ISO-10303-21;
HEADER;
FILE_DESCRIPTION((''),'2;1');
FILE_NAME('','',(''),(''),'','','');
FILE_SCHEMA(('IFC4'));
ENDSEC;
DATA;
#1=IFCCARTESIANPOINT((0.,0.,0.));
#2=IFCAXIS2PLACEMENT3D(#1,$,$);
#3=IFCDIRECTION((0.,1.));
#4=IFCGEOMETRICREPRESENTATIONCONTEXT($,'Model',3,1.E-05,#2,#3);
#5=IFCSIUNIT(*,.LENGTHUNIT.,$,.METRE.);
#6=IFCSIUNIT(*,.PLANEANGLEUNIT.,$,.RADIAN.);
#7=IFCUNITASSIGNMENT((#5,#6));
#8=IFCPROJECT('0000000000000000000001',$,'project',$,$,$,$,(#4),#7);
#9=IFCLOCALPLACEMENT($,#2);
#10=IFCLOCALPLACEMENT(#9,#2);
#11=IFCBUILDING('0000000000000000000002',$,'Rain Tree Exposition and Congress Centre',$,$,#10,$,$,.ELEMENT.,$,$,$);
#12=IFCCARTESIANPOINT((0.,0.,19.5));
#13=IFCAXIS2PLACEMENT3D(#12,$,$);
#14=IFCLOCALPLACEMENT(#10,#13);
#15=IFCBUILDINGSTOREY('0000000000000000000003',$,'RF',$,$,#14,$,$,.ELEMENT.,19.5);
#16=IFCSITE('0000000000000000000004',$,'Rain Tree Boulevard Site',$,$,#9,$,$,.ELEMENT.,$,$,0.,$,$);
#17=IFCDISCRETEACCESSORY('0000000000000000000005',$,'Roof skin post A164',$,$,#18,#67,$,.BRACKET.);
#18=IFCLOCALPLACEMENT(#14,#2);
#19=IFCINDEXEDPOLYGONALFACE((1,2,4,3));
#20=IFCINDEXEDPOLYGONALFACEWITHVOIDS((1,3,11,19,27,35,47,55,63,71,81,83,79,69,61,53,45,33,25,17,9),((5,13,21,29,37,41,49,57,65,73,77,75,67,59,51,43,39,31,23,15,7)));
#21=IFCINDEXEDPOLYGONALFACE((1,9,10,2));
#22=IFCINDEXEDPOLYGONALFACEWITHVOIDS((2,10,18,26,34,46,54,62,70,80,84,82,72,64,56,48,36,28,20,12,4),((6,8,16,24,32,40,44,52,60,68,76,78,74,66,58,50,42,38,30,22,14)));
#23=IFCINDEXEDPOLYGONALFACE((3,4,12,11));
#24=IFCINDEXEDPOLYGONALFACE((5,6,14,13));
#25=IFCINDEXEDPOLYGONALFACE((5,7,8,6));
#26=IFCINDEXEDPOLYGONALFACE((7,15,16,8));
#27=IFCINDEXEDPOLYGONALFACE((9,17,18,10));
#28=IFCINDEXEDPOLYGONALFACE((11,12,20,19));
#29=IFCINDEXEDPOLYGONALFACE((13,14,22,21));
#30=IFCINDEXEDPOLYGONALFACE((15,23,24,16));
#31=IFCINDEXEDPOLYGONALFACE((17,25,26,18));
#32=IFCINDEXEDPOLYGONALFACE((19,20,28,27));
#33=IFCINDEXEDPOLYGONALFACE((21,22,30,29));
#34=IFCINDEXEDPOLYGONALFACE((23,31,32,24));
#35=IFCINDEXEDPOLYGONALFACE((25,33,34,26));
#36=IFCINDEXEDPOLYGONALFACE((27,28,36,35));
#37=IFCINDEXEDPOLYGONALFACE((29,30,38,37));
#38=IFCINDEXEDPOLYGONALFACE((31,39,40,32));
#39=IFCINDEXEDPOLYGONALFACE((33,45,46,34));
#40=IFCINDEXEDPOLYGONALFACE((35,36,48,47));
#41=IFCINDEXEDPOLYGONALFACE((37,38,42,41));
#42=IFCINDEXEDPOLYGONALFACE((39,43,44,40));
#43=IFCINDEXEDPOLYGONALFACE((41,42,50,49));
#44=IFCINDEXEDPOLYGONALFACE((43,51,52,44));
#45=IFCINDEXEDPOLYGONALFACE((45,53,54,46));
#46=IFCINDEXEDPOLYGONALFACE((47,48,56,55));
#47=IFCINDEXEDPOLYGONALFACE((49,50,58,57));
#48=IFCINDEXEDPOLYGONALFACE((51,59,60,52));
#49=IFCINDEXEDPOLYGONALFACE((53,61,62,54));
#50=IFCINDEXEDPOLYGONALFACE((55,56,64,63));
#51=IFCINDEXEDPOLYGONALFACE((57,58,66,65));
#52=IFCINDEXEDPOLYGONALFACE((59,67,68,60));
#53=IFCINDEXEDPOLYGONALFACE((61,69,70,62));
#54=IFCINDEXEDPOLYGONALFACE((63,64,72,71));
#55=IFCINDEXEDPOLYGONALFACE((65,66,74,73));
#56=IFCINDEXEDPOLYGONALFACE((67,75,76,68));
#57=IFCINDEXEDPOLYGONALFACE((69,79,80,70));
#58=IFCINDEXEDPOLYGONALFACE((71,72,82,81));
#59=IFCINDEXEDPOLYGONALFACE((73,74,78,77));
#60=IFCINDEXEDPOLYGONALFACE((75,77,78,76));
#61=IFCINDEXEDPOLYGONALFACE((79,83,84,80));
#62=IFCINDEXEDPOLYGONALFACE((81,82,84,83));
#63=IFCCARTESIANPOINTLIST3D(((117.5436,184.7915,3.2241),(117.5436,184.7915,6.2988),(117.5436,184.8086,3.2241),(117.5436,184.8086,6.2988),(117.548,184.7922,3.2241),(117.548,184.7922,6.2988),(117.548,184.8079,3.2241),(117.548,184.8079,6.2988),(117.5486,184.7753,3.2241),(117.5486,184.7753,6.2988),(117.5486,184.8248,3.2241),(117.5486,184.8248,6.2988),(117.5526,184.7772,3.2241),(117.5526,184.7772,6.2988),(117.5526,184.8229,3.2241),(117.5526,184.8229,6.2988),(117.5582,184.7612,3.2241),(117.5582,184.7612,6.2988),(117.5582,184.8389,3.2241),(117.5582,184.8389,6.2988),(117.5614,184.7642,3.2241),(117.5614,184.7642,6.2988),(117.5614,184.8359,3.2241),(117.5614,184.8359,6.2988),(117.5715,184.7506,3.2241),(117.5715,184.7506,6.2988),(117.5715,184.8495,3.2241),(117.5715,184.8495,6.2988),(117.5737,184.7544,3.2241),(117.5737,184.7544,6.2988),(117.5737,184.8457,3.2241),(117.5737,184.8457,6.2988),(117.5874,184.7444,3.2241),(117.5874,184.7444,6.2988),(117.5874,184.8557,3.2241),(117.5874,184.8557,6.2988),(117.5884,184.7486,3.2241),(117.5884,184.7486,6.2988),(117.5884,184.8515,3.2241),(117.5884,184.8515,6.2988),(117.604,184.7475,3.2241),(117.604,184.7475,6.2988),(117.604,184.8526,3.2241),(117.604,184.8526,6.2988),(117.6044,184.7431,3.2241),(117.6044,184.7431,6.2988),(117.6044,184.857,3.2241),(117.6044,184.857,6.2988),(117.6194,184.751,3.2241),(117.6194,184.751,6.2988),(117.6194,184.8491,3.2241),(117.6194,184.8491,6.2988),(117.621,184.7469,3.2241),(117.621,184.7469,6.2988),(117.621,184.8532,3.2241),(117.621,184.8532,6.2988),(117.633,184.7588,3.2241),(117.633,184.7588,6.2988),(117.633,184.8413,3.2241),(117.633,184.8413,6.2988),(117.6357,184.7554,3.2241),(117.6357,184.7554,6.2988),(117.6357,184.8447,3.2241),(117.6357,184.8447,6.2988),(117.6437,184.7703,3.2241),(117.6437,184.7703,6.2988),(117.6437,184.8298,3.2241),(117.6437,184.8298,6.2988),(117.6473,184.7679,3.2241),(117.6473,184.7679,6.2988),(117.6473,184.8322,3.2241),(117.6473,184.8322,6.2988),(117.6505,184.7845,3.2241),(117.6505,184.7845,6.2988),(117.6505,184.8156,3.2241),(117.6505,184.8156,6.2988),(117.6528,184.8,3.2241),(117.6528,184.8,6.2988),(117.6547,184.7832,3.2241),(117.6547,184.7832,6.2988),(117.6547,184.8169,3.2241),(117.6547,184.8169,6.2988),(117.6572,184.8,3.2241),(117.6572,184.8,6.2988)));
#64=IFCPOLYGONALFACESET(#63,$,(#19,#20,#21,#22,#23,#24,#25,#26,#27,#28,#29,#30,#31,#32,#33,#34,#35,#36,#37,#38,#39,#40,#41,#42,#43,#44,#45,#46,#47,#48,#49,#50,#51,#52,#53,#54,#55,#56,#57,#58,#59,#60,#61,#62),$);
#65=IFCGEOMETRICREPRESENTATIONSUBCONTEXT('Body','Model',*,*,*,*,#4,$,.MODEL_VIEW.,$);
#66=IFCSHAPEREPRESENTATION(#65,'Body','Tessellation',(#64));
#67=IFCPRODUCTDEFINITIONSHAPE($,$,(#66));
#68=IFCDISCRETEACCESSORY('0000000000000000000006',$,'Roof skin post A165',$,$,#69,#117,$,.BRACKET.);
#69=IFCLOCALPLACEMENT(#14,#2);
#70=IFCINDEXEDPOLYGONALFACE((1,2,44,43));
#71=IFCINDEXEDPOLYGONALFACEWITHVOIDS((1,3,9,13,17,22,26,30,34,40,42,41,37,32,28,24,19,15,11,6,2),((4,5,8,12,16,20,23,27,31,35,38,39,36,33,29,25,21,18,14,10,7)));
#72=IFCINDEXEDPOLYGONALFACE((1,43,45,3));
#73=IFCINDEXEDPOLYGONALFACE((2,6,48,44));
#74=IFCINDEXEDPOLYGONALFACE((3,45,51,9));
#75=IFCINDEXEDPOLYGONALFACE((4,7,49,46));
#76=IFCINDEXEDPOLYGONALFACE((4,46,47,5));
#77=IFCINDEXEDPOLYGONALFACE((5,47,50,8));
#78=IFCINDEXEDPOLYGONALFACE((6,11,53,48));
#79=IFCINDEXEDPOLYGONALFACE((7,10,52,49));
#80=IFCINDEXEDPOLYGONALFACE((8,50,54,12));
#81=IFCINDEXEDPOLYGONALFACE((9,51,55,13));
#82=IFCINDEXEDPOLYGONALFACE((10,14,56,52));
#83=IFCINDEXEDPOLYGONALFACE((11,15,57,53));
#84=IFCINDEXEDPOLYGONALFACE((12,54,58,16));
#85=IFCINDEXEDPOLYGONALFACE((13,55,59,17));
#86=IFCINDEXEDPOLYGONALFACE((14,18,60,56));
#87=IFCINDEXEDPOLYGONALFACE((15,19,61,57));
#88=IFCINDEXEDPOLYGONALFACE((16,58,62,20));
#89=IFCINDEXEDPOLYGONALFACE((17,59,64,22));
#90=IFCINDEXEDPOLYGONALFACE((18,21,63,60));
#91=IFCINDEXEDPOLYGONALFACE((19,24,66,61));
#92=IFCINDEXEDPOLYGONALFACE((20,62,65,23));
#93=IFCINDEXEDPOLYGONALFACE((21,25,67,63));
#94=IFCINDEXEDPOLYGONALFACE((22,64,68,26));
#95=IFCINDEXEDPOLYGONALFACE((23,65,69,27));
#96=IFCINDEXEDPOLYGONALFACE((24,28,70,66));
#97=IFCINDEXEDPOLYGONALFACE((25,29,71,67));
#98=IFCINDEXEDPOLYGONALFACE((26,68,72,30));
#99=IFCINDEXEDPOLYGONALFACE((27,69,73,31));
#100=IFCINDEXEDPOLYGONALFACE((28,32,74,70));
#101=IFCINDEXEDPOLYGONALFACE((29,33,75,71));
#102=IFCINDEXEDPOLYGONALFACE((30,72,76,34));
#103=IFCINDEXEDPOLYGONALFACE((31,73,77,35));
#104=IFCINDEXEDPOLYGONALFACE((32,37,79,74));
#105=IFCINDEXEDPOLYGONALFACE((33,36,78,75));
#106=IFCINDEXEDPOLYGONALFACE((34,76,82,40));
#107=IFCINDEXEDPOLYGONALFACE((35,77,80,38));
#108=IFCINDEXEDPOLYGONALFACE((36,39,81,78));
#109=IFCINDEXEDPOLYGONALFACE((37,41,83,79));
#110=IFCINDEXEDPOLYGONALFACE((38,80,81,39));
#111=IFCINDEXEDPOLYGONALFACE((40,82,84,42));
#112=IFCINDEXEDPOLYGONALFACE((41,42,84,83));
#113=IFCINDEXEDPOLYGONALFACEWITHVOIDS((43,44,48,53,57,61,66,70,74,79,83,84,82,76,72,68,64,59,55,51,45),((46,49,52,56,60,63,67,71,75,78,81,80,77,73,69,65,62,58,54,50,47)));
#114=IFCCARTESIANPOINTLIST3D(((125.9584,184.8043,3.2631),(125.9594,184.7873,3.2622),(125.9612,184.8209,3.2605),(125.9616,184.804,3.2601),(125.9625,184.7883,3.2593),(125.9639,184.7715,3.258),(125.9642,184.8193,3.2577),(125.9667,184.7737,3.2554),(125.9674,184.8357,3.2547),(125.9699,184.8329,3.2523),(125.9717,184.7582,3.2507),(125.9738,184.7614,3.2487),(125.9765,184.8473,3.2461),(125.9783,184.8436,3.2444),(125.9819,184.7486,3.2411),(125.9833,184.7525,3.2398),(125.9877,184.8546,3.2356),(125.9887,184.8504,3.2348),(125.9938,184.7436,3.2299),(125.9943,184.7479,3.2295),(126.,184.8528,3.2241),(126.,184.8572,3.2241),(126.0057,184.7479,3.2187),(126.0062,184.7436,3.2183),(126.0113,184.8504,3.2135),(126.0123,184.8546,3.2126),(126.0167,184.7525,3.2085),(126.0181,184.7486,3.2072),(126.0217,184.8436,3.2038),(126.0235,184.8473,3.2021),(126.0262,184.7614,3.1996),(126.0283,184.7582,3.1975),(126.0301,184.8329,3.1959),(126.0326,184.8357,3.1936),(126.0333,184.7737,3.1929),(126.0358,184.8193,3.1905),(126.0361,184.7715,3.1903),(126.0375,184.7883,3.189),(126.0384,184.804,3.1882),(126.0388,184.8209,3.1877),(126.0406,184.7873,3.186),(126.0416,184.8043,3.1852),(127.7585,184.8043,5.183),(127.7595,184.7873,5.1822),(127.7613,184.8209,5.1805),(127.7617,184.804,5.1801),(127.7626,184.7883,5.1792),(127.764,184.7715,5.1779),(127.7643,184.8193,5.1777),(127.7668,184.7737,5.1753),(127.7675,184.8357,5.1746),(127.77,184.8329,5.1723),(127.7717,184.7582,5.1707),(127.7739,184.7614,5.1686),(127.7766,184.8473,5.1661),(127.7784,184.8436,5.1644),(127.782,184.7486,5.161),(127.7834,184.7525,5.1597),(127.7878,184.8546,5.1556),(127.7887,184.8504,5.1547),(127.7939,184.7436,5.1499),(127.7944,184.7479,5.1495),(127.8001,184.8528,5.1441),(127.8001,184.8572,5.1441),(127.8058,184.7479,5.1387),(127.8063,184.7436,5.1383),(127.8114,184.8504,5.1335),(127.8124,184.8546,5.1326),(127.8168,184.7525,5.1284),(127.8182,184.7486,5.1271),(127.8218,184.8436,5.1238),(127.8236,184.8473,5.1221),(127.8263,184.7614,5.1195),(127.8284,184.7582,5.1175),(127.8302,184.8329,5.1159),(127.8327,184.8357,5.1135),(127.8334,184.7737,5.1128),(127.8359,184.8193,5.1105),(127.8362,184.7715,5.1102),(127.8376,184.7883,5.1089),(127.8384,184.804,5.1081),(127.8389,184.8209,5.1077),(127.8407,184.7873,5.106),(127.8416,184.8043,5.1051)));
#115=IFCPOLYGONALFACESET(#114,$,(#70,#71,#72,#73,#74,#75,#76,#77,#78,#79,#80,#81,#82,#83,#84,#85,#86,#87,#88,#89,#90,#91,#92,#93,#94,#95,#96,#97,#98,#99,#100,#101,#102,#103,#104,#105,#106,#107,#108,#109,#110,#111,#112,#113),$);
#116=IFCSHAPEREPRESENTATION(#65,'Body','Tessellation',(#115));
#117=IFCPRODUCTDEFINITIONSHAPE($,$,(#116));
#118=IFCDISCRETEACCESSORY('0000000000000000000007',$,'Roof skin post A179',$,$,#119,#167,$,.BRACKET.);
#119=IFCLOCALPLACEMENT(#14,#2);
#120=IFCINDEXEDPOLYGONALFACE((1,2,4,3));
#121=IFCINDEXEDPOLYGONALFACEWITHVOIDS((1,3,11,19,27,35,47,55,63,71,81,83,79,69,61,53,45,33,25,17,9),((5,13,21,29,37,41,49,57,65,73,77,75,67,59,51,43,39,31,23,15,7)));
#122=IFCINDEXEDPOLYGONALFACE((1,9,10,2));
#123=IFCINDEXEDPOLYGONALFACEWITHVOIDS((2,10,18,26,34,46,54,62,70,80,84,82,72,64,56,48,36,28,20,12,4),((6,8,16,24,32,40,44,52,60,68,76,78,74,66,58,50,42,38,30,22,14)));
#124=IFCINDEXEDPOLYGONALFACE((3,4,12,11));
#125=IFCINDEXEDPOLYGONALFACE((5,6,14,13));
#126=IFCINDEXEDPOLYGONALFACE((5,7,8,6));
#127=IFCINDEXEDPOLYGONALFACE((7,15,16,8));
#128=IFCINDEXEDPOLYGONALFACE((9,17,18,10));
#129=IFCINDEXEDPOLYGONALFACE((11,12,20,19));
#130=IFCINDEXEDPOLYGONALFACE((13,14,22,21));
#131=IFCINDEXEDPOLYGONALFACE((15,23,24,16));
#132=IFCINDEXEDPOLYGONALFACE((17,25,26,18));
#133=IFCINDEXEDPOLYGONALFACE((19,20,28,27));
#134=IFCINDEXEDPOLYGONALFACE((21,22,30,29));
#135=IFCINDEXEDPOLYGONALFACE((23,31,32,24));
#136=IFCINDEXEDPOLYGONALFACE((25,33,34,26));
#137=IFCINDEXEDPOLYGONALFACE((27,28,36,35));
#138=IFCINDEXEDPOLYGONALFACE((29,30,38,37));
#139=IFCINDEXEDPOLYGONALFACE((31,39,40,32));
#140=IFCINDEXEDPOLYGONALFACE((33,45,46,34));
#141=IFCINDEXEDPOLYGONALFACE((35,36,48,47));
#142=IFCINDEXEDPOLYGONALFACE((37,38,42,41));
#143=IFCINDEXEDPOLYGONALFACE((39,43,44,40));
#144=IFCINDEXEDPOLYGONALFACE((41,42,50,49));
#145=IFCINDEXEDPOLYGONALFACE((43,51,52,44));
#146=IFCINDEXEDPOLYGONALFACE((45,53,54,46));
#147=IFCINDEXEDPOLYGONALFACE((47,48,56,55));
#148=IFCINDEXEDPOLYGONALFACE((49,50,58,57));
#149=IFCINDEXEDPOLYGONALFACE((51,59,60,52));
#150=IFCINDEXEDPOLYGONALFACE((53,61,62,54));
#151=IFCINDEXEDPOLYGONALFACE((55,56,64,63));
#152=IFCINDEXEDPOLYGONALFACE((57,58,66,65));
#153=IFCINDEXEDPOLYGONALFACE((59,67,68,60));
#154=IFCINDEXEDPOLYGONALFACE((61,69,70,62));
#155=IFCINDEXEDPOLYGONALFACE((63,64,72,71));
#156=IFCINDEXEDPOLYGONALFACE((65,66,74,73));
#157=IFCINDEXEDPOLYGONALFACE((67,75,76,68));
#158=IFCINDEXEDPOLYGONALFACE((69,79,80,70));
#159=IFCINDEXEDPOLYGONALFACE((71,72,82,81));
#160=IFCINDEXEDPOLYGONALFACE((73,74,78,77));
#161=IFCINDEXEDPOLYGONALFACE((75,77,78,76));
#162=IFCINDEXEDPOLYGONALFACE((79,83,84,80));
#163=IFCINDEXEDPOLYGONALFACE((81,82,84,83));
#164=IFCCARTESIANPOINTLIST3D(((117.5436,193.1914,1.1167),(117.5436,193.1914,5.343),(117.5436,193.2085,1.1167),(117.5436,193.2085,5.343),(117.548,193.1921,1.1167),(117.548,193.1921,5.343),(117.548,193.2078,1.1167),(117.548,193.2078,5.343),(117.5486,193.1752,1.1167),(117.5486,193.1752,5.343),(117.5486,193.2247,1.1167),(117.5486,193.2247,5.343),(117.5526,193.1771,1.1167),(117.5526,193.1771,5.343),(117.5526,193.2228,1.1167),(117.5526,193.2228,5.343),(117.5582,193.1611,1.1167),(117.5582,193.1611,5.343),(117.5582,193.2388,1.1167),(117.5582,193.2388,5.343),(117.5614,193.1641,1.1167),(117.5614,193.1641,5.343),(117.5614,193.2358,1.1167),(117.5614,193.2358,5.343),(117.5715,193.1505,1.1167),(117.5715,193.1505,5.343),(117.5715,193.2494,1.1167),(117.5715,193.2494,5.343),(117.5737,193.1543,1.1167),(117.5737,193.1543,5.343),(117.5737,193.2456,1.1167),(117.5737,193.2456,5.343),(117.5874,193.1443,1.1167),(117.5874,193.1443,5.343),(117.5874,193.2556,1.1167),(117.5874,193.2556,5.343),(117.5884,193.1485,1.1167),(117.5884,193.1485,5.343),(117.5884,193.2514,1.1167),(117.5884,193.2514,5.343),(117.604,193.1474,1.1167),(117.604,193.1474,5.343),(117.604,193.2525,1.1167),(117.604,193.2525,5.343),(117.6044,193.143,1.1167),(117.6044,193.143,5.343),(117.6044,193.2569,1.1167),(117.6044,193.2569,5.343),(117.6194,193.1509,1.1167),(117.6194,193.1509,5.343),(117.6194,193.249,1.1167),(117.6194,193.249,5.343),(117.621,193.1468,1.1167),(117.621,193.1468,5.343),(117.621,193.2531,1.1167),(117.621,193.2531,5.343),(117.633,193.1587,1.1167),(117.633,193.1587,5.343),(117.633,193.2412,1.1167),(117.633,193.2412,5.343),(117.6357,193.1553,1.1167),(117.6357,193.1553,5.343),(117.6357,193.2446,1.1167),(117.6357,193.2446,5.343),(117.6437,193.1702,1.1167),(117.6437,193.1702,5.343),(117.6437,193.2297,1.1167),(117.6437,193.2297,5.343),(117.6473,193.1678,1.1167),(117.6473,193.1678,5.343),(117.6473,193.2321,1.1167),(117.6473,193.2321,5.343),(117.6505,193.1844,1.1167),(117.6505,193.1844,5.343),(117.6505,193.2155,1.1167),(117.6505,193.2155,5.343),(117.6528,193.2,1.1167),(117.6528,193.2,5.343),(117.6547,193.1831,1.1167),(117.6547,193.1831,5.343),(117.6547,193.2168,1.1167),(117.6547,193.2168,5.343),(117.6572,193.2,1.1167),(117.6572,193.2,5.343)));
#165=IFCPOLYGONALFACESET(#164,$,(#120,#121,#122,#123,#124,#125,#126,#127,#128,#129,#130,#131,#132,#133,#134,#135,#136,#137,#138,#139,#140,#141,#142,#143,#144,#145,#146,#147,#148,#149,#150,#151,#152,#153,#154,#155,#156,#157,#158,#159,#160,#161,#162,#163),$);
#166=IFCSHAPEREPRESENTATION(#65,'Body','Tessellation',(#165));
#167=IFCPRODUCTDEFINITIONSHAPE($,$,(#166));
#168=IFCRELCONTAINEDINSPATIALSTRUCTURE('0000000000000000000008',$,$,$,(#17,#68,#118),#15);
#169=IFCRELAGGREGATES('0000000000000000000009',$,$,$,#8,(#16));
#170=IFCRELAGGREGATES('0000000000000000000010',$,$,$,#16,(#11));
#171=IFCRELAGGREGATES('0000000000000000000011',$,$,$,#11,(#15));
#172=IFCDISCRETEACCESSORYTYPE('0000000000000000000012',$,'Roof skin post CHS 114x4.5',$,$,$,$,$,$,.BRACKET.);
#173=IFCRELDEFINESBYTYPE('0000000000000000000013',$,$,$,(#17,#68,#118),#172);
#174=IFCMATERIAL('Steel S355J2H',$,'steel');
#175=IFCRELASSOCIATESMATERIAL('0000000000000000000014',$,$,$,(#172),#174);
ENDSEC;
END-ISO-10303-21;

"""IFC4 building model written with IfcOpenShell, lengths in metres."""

from ifc_helpers import new_model, si_unit, direction, frame, origin, origin_2d, place, context, subcontext, project, spatial, hollow_circle, extrude, material, material_profile, profile_set, type_object, element, save


model = new_model("IFC4")

# Units and contexts
model_context = context("Model", 3, precision=1e-05, world=origin(), true_north=direction((0.0, 1.0)))
body_context = subcontext(model_context, "Body", "Model", "MODEL_VIEW")
ifc_project = project(units=[si_unit("LENGTHUNIT", "METRE"), si_unit("PLANEANGLEUNIT", "RADIAN")], contexts=[model_context])

# Site, building, storey
site_placement = place(None, origin())
site = spatial("IfcSite", under=ifc_project, at=site_placement, Name="Rain Tree Boulevard Site", CompositionType="ELEMENT", RefElevation=0.0)
building_placement = place(site_placement, origin())
building = spatial("IfcBuilding", under=site, at=building_placement, Name="Rain Tree Exposition and Congress Centre", CompositionType="ELEMENT")
storey_placement = place(building_placement, frame((0.0, 0.0, 19.5)))
storey = spatial("IfcBuildingStorey", under=building, at=storey_placement, Name="RF", CompositionType="ELEMENT", Elevation=19.5)

# Discrete accessories
ifc_material_1 = material(Name="Steel S355J2H", Category="steel")
ifc_material_profile_1 = material_profile(ifc_material_1, hollow_circle(Radius=0.0571, WallThickness=0.0044, at=origin_2d()), Name="CHS 114x4.5")
ifc_profile_set_1 = profile_set([ifc_material_profile_1], Name="Steel S355J2H")
discrete_accessory_type_1 = type_object("IfcDiscreteAccessoryType", Name="Roof skin post CHS 114x4.5", PredefinedType="BRACKET", material=ifc_profile_set_1)
discrete_accessory_1_placement = place(storey_placement, frame((117.6001, 184.8, 3.2241), z_axis=(0.0, 0.0, 1.0), x_axis=(1.0, 0.0, 0.0)))
element("IfcDiscreteAccessory", 1, at=discrete_accessory_1_placement, inside=storey, type_object=discrete_accessory_type_1, Name="Roof skin post A164", PredefinedType="BRACKET", context=body_context, shape_type="SweptSolid", body=[
    extrude(hollow_circle(Radius=0.0571, WallThickness=0.0044, at=origin_2d()), origin(), (0.0, 0.0, 1.0), 3.0747),
])
discrete_accessory_2_placement = place(storey_placement, frame((126.0, 184.8, 3.2241), z_axis=(0.683966, 0.0, 0.729514), x_axis=(0.0, 1.0, 0.0)))
element("IfcDiscreteAccessory", 2, at=discrete_accessory_2_placement, inside=storey, type_object=discrete_accessory_type_1, Name="Roof skin post A165", PredefinedType="BRACKET", context=body_context, shape_type="SweptSolid", body=[
    extrude(hollow_circle(Radius=0.0571, WallThickness=0.0044, at=origin_2d()), origin(), (0.0, 0.0, 1.0), 2.6318),
])
discrete_accessory_3_placement = place(storey_placement, frame((117.6001, 193.2, 1.1167), z_axis=(0.0, 0.0, 1.0), x_axis=(1.0, 0.0, 0.0)))
element("IfcDiscreteAccessory", 3, at=discrete_accessory_3_placement, inside=storey, type_object=discrete_accessory_type_1, Name="Roof skin post A179", PredefinedType="BRACKET", context=body_context, shape_type="SweptSolid", body=[
    extrude(hollow_circle(Radius=0.0571, WallThickness=0.0044, at=origin_2d()), origin(), (0.0, 0.0, 1.0), 4.2263),
])

save(model, "model.ifc")
